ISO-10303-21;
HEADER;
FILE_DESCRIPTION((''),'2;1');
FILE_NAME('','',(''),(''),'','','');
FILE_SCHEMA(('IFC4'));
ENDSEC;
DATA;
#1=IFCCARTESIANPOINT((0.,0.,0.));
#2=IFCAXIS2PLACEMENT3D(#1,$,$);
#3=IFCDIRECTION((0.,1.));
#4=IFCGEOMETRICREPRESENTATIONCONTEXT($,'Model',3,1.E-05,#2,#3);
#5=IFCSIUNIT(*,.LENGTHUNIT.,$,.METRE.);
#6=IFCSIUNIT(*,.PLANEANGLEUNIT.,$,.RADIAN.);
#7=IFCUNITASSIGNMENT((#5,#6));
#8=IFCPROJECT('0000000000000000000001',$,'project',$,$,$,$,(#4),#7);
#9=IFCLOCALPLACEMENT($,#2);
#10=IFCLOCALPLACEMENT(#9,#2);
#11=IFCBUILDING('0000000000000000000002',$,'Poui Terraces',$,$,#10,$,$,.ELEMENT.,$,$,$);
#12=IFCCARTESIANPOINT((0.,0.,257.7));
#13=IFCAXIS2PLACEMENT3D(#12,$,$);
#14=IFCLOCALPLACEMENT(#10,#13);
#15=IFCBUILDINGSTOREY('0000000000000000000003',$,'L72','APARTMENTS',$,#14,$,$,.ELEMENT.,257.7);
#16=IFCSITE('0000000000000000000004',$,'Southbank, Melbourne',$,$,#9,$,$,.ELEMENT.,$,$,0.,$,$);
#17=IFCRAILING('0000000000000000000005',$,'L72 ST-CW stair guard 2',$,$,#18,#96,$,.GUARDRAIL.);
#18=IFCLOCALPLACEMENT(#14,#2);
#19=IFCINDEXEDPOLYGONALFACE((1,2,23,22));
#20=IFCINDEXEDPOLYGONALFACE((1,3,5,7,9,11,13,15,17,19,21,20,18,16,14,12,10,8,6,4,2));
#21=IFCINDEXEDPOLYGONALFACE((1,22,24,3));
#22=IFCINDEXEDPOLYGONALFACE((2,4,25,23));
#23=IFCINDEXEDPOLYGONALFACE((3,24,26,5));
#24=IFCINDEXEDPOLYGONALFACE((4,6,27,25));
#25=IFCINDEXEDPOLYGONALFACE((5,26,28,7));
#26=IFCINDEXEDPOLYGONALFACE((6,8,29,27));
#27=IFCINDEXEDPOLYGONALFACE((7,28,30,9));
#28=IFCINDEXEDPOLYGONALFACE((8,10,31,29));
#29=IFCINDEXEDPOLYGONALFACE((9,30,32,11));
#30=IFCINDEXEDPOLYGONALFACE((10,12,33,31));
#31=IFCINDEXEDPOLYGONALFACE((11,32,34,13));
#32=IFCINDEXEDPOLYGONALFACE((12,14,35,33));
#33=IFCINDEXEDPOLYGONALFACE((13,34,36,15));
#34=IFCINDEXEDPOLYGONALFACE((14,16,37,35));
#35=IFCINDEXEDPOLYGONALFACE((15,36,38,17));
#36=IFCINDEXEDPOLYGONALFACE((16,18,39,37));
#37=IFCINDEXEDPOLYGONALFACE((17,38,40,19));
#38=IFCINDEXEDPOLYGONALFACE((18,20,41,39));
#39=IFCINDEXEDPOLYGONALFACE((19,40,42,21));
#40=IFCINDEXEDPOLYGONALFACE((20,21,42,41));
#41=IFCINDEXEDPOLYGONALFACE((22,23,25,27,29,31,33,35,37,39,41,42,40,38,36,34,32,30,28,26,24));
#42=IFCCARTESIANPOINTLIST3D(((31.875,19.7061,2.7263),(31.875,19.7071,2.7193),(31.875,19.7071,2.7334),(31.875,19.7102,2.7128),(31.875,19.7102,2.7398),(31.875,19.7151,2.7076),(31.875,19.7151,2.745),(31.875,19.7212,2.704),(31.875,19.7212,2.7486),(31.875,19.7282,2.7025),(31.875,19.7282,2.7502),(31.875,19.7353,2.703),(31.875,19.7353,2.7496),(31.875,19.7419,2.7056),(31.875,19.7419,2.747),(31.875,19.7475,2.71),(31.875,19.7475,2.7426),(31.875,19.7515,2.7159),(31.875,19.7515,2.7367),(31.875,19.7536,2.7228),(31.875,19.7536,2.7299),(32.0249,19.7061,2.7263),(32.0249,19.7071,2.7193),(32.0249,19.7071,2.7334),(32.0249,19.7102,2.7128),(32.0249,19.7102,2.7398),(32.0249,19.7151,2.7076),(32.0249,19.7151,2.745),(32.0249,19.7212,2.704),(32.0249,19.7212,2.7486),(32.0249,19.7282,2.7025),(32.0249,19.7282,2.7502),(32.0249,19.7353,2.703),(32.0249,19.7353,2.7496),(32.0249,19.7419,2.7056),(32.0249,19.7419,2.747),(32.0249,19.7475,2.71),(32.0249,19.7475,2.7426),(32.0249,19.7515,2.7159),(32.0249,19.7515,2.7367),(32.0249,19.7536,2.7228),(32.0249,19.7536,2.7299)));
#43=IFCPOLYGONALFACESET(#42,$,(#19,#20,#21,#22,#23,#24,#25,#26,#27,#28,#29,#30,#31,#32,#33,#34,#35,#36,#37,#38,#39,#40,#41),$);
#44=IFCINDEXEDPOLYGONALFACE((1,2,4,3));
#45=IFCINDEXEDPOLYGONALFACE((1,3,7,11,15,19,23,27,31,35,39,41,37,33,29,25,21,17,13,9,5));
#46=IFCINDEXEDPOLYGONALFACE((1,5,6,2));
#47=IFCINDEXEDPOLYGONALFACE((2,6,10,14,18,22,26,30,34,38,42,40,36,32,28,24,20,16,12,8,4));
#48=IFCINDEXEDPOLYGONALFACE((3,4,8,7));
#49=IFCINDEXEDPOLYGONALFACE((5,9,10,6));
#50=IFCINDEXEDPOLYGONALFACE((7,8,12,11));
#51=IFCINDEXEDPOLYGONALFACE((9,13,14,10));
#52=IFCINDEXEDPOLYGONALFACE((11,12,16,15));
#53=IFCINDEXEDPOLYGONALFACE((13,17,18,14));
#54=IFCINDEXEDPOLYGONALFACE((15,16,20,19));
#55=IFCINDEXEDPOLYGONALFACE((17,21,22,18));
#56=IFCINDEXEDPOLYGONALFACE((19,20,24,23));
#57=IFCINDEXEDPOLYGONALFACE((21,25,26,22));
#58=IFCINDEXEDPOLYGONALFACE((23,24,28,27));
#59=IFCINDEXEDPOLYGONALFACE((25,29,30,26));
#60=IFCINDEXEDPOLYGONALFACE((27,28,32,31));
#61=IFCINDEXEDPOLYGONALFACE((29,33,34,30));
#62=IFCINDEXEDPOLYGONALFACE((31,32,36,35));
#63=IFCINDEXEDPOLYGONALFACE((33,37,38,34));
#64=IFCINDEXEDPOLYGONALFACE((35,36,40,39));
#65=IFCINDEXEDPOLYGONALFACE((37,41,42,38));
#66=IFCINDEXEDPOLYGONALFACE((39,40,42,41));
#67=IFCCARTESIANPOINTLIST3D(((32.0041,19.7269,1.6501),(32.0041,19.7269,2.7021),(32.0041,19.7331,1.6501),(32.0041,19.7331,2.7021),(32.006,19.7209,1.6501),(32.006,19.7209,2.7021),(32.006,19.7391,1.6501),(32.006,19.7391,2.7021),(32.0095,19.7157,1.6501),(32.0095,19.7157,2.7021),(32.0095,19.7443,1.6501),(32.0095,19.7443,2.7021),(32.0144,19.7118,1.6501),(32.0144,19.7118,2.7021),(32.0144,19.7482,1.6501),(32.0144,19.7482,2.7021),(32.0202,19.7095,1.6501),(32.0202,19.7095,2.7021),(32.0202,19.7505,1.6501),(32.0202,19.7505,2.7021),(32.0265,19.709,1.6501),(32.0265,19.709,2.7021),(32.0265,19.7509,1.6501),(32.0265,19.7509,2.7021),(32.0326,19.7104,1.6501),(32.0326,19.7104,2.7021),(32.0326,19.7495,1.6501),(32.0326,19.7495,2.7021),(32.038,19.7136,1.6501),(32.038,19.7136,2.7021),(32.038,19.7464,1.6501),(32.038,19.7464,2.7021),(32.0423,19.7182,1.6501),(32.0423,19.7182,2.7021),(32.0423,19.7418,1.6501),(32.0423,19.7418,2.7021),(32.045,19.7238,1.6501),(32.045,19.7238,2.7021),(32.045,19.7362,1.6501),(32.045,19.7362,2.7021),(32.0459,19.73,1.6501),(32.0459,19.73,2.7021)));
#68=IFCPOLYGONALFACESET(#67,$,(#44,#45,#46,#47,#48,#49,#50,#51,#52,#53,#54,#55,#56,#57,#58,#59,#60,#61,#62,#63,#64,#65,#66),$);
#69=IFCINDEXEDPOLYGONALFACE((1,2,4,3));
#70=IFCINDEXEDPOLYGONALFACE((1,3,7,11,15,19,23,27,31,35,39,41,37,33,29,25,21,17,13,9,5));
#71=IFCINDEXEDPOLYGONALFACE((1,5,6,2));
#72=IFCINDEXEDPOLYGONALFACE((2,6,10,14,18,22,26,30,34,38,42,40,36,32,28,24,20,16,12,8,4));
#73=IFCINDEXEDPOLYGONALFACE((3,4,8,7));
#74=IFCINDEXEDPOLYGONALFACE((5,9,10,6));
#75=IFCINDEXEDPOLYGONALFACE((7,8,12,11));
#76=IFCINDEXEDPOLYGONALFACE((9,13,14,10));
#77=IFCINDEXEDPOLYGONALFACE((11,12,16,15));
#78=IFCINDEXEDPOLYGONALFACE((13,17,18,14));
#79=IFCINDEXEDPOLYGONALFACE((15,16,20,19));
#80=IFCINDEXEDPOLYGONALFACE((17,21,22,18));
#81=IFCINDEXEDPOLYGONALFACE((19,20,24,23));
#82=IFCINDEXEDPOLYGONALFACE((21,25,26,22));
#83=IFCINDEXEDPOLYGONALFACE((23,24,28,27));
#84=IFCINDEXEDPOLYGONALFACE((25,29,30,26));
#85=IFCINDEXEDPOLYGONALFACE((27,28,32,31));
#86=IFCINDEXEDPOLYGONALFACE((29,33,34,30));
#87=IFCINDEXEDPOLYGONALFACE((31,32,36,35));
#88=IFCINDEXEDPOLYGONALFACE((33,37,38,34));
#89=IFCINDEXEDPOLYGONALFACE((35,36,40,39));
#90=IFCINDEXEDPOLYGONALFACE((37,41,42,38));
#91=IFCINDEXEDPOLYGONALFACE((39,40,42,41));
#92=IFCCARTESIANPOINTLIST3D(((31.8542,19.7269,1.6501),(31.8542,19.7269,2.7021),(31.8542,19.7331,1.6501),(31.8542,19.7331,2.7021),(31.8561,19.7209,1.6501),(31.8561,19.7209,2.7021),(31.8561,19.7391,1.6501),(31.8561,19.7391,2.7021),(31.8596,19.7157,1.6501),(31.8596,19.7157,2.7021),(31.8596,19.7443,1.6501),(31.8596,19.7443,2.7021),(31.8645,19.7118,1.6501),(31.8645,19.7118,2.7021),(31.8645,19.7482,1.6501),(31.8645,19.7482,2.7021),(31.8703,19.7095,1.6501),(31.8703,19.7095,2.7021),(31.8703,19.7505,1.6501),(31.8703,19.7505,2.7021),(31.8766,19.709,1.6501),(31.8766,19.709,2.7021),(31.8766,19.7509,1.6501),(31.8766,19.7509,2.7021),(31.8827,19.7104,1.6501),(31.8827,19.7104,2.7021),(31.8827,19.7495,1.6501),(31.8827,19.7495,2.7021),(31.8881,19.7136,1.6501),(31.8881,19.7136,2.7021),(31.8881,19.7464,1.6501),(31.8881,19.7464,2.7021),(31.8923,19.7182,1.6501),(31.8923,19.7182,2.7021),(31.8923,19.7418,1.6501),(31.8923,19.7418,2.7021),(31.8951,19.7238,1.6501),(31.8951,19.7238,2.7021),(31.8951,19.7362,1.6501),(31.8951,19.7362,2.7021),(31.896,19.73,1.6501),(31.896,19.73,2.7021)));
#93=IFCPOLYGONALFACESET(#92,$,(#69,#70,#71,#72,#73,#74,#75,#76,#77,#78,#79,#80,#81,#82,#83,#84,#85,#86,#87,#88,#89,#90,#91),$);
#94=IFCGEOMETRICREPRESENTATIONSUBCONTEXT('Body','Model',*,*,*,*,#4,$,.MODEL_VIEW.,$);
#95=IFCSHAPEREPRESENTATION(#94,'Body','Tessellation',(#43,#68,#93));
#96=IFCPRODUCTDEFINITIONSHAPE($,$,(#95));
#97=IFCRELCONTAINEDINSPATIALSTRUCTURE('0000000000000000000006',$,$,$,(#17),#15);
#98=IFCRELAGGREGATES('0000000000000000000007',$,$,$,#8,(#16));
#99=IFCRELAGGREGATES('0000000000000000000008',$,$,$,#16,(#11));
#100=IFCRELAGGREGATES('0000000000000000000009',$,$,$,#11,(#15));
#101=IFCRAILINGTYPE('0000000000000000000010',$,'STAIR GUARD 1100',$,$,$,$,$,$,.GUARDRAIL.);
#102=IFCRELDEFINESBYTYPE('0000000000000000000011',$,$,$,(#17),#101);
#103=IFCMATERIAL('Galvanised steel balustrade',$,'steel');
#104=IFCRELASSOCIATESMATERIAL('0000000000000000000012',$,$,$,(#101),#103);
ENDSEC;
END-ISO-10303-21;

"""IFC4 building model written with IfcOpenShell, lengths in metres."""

from ifc_helpers import new_model, si_unit, direction, frame, origin, origin_2d, place, context, subcontext, project, spatial, circle, extrude, material, type_object, element, save


model = new_model("IFC4")

# Units and contexts
model_context = context("Model", 3, precision=1e-05, world=origin(), true_north=direction((0.0, 1.0)))
body_context = subcontext(model_context, "Body", "Model", "MODEL_VIEW")
ifc_project = project(units=[si_unit("LENGTHUNIT", "METRE"), si_unit("PLANEANGLEUNIT", "RADIAN")], contexts=[model_context])

# Site, building, storey
site_placement = place(None, origin())
site = spatial("IfcSite", under=ifc_project, at=site_placement, Name="Southbank, Melbourne", CompositionType="ELEMENT", RefElevation=0.0)
building_placement = place(site_placement, origin())
building = spatial("IfcBuilding", under=site, at=building_placement, Name="Poui Terraces", CompositionType="ELEMENT")
storey_placement = place(building_placement, frame((0.0, 0.0, 257.7)))
storey = spatial("IfcBuildingStorey", under=building, at=storey_placement, Name="L72", Description="APARTMENTS", CompositionType="ELEMENT", Elevation=257.7)

# Railing
ifc_material_1 = material(Name="Galvanised steel balustrade", Category="steel")
railing_type_1 = type_object("IfcRailingType", Name="STAIR GUARD 1100", PredefinedType="GUARDRAIL", material=ifc_material_1)
railing_1_placement = place(storey_placement, frame((32.0249, 19.73, 1.6501)))
element("IfcRailing", 1, at=railing_1_placement, inside=storey, type_object=railing_type_1, Name="L72 ST-CW stair guard 2", PredefinedType="GUARDRAIL", context=body_context, shape_type="SweptSolid", body=[
    extrude(circle(Radius=0.0239, at=origin_2d()), frame((0.0, 0.0, 1.0762), z_axis=(-1.0, 0.0, 0.0), x_axis=(0.0, -1.0, 0.0)), (0.0, 0.0, 1.0), 0.1499),
    extrude(circle(Radius=0.021, at=origin_2d()), origin(), (0.0, 0.0, 1.0), 1.052),
    extrude(circle(Radius=0.021, at=origin_2d()), frame((-0.1499, 0.0, 0.0)), (0.0, 0.0, 1.0), 1.052),
])

save(model, "model.ifc")
